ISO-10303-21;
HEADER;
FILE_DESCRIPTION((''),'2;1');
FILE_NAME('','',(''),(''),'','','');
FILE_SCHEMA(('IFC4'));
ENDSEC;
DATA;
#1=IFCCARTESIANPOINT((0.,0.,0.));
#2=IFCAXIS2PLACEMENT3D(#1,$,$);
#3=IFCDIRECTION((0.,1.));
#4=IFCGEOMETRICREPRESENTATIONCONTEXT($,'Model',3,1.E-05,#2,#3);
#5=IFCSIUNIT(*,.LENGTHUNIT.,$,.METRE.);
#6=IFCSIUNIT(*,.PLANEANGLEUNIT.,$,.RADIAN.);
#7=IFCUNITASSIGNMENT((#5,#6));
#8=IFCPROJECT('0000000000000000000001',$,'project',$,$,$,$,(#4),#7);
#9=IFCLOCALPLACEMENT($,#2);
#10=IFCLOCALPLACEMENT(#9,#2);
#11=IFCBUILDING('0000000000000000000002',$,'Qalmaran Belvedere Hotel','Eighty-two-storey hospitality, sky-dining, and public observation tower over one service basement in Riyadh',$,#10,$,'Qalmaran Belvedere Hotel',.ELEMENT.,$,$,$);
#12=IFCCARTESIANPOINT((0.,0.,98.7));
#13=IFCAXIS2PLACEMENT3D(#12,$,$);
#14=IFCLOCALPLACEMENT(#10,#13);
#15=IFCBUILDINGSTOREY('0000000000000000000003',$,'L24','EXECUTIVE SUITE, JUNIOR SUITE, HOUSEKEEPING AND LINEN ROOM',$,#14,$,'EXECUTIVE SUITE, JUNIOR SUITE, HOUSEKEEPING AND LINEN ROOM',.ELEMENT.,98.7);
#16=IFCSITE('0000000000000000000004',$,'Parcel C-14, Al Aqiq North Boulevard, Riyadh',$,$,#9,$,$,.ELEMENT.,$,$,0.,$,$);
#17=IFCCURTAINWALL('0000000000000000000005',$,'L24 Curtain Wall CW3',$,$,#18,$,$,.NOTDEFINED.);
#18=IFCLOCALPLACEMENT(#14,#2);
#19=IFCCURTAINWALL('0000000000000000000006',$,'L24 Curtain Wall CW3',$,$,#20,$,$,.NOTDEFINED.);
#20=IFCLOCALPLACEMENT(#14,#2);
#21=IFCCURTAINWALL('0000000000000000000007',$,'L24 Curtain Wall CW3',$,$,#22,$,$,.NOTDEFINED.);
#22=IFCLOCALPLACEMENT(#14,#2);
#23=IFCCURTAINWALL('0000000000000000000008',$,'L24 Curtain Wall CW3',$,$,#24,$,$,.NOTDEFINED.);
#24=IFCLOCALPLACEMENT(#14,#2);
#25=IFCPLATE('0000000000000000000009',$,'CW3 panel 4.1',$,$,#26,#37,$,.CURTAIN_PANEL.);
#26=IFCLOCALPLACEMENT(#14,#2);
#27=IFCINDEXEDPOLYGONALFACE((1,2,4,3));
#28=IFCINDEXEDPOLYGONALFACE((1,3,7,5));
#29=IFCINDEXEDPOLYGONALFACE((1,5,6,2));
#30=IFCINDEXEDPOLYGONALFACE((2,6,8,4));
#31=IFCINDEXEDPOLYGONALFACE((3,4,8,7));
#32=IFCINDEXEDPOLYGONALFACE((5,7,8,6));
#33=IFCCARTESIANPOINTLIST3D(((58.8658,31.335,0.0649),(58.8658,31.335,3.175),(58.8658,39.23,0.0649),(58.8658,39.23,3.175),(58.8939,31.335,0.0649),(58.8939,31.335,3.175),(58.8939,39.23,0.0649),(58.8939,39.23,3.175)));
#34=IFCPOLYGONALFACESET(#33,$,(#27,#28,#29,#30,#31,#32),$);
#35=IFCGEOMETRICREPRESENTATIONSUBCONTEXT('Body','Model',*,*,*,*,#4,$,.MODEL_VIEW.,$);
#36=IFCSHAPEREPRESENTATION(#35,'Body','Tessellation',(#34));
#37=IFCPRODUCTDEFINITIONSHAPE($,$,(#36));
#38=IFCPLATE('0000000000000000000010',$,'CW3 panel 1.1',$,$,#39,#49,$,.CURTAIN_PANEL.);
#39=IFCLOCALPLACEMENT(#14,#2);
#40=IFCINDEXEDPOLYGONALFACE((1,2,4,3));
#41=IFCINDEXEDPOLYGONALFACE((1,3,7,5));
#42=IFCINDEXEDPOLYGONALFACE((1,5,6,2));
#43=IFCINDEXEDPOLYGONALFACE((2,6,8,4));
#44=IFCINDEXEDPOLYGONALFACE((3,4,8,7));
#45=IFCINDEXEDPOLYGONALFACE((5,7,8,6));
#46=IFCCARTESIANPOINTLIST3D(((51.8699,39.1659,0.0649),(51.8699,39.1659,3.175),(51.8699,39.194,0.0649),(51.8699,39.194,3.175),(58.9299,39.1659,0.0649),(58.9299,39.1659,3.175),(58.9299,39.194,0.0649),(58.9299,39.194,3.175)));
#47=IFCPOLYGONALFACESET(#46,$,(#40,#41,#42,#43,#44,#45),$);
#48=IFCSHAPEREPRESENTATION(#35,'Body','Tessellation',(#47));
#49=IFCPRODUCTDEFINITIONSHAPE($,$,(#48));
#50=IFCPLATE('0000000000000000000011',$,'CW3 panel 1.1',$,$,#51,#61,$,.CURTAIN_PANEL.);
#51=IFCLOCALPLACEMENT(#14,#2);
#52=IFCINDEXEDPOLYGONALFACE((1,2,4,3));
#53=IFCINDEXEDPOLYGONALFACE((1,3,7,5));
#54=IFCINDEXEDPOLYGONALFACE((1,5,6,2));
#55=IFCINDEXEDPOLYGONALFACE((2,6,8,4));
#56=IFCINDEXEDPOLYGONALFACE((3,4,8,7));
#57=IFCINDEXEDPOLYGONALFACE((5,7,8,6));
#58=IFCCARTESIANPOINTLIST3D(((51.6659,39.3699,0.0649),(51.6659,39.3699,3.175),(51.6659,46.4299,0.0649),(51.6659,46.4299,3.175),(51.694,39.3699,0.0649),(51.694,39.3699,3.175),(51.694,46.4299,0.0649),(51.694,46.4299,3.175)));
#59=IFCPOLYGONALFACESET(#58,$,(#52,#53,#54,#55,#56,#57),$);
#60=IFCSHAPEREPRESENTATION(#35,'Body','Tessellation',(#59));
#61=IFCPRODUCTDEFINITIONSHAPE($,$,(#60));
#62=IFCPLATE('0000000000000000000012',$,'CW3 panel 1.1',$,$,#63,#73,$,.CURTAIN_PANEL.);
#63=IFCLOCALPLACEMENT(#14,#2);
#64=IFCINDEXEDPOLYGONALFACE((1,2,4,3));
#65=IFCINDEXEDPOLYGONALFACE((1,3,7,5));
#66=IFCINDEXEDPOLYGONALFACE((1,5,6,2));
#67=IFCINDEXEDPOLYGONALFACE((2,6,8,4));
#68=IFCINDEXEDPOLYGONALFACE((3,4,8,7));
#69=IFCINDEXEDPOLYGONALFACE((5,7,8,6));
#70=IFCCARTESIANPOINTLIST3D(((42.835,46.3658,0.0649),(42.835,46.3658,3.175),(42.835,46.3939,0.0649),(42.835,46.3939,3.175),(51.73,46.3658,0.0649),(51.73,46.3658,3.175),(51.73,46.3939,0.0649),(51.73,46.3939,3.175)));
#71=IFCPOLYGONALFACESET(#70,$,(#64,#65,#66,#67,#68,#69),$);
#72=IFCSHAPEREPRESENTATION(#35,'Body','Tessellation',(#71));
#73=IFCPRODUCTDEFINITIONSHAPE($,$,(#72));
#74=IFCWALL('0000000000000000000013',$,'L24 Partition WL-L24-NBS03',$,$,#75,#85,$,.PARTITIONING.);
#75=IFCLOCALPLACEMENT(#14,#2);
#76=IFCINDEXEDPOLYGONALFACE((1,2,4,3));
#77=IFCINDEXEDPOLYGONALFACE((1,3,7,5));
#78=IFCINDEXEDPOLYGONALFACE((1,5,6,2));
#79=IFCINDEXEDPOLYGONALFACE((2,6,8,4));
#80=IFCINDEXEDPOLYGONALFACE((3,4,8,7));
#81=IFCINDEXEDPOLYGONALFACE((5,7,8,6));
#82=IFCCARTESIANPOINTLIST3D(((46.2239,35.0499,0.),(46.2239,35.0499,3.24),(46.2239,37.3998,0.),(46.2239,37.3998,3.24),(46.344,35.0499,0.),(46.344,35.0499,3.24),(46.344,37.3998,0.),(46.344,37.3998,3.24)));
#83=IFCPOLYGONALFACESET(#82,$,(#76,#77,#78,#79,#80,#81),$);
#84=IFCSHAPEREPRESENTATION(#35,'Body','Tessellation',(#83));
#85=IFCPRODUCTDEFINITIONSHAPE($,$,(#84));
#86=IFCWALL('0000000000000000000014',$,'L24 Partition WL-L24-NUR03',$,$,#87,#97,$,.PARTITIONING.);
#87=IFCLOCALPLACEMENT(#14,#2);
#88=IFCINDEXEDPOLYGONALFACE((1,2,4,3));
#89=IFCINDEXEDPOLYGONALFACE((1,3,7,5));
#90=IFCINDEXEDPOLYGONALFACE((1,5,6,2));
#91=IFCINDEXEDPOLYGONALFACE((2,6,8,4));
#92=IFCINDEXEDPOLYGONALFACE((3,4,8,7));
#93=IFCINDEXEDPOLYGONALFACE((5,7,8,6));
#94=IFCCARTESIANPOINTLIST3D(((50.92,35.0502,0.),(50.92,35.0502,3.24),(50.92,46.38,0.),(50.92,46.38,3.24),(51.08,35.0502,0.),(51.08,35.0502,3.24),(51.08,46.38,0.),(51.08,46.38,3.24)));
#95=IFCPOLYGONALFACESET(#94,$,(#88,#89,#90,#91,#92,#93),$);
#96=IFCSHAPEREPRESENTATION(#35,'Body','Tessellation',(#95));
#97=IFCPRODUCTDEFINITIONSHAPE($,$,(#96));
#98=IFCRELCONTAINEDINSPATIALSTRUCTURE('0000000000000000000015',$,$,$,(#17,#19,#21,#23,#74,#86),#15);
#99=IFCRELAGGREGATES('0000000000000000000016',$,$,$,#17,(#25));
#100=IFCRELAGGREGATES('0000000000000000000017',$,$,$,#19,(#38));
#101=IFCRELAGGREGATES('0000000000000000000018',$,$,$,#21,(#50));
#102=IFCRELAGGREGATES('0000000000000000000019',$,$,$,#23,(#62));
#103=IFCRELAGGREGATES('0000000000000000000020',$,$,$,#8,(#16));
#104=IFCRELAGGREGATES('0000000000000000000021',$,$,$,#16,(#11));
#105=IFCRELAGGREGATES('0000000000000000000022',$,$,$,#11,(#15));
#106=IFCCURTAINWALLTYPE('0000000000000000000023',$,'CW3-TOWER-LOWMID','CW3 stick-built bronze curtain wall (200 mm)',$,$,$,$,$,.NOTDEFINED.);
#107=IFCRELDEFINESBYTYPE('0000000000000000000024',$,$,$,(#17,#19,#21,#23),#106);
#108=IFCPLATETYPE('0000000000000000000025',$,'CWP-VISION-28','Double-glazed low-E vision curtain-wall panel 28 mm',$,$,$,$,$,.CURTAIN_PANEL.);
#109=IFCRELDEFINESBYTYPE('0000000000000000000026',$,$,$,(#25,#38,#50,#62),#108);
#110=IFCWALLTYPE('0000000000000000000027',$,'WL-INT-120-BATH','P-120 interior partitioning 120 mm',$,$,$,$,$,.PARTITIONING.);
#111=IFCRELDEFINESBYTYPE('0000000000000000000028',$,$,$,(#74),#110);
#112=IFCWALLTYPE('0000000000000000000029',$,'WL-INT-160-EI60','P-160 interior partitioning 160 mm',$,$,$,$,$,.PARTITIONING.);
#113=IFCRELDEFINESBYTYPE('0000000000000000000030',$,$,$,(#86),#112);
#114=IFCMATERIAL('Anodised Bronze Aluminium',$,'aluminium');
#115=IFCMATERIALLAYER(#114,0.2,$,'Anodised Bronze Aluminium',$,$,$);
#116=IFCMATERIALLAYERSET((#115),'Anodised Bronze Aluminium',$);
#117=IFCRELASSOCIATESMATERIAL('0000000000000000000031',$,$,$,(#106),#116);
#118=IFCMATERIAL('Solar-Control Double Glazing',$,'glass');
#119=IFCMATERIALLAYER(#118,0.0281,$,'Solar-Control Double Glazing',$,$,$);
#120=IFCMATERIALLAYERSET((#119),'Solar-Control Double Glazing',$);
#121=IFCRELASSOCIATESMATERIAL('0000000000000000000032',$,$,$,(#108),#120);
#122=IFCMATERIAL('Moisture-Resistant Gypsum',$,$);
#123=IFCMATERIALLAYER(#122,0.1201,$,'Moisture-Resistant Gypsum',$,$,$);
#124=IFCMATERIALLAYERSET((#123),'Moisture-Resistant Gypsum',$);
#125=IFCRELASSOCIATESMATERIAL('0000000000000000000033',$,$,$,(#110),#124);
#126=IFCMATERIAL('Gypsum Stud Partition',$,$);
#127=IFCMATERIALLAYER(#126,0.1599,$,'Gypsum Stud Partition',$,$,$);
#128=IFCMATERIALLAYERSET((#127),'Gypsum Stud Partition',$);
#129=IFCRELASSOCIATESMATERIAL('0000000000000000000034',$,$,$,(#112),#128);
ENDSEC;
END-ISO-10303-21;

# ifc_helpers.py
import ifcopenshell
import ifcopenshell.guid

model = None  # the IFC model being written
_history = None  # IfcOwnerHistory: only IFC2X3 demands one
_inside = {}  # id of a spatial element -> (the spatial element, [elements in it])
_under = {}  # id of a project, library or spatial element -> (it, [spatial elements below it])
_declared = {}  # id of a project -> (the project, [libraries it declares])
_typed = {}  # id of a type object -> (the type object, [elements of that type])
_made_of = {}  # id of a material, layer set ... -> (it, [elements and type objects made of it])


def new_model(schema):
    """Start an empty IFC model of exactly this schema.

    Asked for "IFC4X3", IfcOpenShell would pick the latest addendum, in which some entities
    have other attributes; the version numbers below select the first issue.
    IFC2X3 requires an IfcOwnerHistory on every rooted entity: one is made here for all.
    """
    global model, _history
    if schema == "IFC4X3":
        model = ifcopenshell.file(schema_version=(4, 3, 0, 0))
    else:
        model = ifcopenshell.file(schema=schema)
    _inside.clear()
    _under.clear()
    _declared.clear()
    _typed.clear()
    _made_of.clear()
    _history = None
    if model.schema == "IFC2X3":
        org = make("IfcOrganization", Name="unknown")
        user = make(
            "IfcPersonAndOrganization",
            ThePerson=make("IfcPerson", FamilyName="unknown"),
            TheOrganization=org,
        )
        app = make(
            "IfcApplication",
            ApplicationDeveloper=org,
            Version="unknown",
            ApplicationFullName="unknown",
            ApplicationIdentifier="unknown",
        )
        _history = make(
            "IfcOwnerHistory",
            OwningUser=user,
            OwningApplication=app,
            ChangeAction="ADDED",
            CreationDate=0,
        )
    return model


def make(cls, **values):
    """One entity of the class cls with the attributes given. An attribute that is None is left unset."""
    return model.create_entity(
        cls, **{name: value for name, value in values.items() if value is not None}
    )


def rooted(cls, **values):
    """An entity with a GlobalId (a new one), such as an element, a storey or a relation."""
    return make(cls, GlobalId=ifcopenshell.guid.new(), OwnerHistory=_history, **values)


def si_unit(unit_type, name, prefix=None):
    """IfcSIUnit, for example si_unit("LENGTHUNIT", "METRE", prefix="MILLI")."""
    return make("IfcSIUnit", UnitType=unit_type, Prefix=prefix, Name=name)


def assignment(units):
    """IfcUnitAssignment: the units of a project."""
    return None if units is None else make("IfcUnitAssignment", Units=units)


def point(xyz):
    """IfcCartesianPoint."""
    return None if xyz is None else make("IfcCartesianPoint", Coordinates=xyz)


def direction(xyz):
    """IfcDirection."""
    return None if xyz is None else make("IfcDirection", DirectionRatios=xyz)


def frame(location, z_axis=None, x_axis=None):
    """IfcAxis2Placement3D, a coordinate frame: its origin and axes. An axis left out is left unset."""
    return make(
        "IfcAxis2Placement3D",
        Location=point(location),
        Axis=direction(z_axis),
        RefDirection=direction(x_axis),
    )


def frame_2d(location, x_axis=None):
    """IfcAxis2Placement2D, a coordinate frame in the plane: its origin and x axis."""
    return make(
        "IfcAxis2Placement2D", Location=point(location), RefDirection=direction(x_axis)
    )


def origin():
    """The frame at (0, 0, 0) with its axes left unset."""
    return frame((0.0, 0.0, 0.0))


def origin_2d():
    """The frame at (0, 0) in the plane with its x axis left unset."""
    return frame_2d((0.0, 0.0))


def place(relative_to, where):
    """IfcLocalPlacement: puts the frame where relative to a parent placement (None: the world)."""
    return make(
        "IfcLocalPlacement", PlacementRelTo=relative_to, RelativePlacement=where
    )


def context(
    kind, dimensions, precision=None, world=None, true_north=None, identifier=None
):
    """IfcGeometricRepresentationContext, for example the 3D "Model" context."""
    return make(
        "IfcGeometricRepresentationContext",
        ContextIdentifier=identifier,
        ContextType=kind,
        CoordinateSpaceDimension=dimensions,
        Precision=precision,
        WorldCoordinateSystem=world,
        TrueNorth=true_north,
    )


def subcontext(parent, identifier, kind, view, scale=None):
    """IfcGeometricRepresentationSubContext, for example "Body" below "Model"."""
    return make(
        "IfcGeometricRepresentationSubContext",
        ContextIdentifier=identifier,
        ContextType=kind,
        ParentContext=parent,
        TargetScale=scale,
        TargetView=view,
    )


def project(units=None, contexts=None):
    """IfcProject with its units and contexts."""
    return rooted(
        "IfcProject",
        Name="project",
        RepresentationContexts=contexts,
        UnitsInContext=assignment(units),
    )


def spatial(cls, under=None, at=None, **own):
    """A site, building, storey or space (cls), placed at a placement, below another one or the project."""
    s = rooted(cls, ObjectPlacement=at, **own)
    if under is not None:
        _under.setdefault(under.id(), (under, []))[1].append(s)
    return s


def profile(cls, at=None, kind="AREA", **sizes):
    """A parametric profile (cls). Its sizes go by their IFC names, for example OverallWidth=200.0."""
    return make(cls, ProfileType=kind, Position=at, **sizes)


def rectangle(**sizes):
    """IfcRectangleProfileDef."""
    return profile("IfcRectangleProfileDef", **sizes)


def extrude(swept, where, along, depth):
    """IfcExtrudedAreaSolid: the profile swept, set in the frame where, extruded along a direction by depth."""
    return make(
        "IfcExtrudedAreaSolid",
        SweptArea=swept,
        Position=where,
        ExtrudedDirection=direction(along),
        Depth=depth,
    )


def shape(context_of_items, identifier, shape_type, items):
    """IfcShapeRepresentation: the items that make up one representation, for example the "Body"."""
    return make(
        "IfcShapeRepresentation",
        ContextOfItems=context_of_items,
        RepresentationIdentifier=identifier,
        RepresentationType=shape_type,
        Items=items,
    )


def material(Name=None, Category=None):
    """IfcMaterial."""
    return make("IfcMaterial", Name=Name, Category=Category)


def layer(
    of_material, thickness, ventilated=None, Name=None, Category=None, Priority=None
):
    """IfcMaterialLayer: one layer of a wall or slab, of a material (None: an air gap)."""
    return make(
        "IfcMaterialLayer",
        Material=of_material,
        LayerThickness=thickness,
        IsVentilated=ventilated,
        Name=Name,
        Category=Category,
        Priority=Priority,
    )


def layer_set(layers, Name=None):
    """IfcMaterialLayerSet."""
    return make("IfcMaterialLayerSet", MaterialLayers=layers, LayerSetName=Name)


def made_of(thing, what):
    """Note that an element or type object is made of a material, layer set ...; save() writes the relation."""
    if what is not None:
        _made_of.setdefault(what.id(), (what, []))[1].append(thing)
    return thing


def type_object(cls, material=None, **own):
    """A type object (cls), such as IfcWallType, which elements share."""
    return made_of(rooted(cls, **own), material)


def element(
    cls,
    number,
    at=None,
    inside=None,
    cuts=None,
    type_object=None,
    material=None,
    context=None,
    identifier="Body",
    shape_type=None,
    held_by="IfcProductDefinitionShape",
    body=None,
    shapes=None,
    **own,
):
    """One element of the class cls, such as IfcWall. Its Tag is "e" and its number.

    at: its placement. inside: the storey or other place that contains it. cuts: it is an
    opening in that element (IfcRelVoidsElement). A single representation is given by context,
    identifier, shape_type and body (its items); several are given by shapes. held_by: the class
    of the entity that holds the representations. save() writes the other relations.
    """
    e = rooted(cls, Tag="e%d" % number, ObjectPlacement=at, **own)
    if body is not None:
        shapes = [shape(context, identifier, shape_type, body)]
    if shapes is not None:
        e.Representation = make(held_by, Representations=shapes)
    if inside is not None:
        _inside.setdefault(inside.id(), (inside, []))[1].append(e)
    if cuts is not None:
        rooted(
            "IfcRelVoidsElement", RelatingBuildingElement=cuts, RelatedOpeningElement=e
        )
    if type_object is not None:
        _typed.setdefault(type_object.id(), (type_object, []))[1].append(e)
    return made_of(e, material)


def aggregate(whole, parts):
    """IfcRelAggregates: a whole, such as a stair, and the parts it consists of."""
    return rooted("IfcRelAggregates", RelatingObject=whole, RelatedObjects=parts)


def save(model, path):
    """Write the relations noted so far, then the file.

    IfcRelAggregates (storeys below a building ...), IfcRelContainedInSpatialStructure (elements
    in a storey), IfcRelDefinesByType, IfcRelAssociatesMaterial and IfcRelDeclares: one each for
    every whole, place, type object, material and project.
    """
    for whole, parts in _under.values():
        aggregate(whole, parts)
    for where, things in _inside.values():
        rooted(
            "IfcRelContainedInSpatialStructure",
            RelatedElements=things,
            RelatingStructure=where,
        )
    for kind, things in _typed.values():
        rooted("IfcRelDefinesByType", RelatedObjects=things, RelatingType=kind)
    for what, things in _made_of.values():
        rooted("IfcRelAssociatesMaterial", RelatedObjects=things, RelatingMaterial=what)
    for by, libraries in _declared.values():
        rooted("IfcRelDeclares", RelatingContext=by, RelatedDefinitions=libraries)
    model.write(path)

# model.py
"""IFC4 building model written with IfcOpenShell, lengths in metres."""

from ifc_helpers import new_model, si_unit, direction, frame, frame_2d, origin, origin_2d, place, context, subcontext, project, spatial, rectangle, extrude, material, layer, layer_set, type_object, element, aggregate, save


model = new_model("IFC4")

# Units and contexts
model_context = context("Model", 3, precision=1e-05, world=origin(), true_north=direction((0.0, 1.0)))
body_context = subcontext(model_context, "Body", "Model", "MODEL_VIEW")
ifc_project = project(units=[si_unit("LENGTHUNIT", "METRE"), si_unit("PLANEANGLEUNIT", "RADIAN")], contexts=[model_context])

# Site, building, storey
site_placement = place(None, origin())
site = spatial("IfcSite", under=ifc_project, at=site_placement, Name="Parcel C-14, Al Aqiq North Boulevard, Riyadh", CompositionType="ELEMENT", RefElevation=0.0)
building_placement = place(site_placement, origin())
building = spatial("IfcBuilding", under=site, at=building_placement, Name="Qalmaran Belvedere Hotel", Description="Eighty-two-storey hospitality, sky-dining, and public observation tower over one service basement in Riyadh", LongName="Qalmaran Belvedere Hotel", CompositionType="ELEMENT")
storey_placement = place(building_placement, frame((0.0, 0.0, 98.7)))
storey = spatial("IfcBuildingStorey", under=building, at=storey_placement, Name="L24", Description="EXECUTIVE SUITE, JUNIOR SUITE, HOUSEKEEPING AND LINEN ROOM", LongName="EXECUTIVE SUITE, JUNIOR SUITE, HOUSEKEEPING AND LINEN ROOM", CompositionType="ELEMENT", Elevation=98.7)

# Curtain wall
ifc_material_1 = material(Name="Anodised Bronze Aluminium", Category="aluminium")
ifc_layer_1 = layer(ifc_material_1, 0.2, Name="Anodised Bronze Aluminium")
ifc_layer_set_1 = layer_set([ifc_layer_1], Name="Anodised Bronze Aluminium")
curtain_wall_type = type_object("IfcCurtainWallType", Name="CW3-TOWER-LOWMID", Description="CW3 stick-built bronze curtain wall (200 mm)", PredefinedType="NOTDEFINED", material=ifc_layer_set_1)
curtain_wall_1_placement = place(storey_placement, origin())
curtain_wall_1 = element("IfcCurtainWall", 1, at=curtain_wall_1_placement, inside=storey, type_object=curtain_wall_type, Name="L24 Curtain Wall CW3", PredefinedType="NOTDEFINED")

# Curtain walls
curtain_wall_2_placement = place(storey_placement, origin())
curtain_wall_2 = element("IfcCurtainWall", 2, at=curtain_wall_2_placement, inside=storey, type_object=curtain_wall_type, Name="L24 Curtain Wall CW3", PredefinedType="NOTDEFINED")
curtain_wall_3_placement = place(storey_placement, origin())
curtain_wall_3 = element("IfcCurtainWall", 3, at=curtain_wall_3_placement, inside=storey, type_object=curtain_wall_type, Name="L24 Curtain Wall CW3", PredefinedType="NOTDEFINED")

# Curtain wall
curtain_wall_4_placement = place(storey_placement, origin())
curtain_wall_4 = element("IfcCurtainWall", 4, at=curtain_wall_4_placement, inside=storey, type_object=curtain_wall_type, Name="L24 Curtain Wall CW3", PredefinedType="NOTDEFINED")

# Plates
ifc_material_2 = material(Name="Solar-Control Double Glazing", Category="glass")
ifc_layer_2 = layer(ifc_material_2, 0.0281, Name="Solar-Control Double Glazing")
ifc_layer_set_2 = layer_set([ifc_layer_2], Name="Solar-Control Double Glazing")
plate_type = type_object("IfcPlateType", Name="CWP-VISION-28", Description="Double-glazed low-E vision curtain-wall panel 28 mm", PredefinedType="CURTAIN_PANEL", material=ifc_layer_set_2)
plate_1_placement = place(storey_placement, frame((58.8799, 35.2825, 0.0649), z_axis=(0.0, 0.0, 1.0), x_axis=(0.0, 1.0, 0.0)))
plate_1 = element("IfcPlate", 5, at=plate_1_placement, type_object=plate_type, Name="CW3 panel 4.1", PredefinedType="CURTAIN_PANEL", context=body_context, shape_type="SweptSolid", body=[
    extrude(rectangle(XDim=7.895, YDim=0.0281, at=origin_2d()), origin(), (0.0, 0.0, 1.0), 3.1101),
])
aggregate(curtain_wall_1, [plate_1])
plate_2_placement = place(storey_placement, frame((55.3999, 39.1799, 0.0649), z_axis=(0.0, 0.0, 1.0), x_axis=(-1.0, 0.0, 0.0)))
plate_2 = element("IfcPlate", 6, at=plate_2_placement, type_object=plate_type, Name="CW3 panel 1.1", PredefinedType="CURTAIN_PANEL", context=body_context, shape_type="SweptSolid", body=[
    extrude(rectangle(XDim=7.0601, YDim=0.0281, at=origin_2d()), origin(), (0.0, 0.0, 1.0), 3.1101),
])
aggregate(curtain_wall_2, [plate_2])
plate_3_placement = place(storey_placement, frame((51.6799, 42.8999, 0.0649), z_axis=(0.0, 0.0, 1.0), x_axis=(0.0, 1.0, 0.0)))
plate_3 = element("IfcPlate", 7, at=plate_3_placement, type_object=plate_type, Name="CW3 panel 1.1", PredefinedType="CURTAIN_PANEL", context=body_context, shape_type="SweptSolid", body=[
    extrude(rectangle(XDim=7.0601, YDim=0.0281, at=origin_2d()), origin(), (0.0, 0.0, 1.0), 3.1101),
])
aggregate(curtain_wall_3, [plate_3])
plate_4_placement = place(storey_placement, frame((47.2825, 46.3799, 0.0649), z_axis=(0.0, 0.0, 1.0), x_axis=(-1.0, 0.0, 0.0)))
plate_4 = element("IfcPlate", 8, at=plate_4_placement, type_object=plate_type, Name="CW3 panel 1.1", PredefinedType="CURTAIN_PANEL", context=body_context, shape_type="SweptSolid", body=[
    extrude(rectangle(XDim=8.895, YDim=0.0281, at=origin_2d()), origin(), (0.0, 0.0, 1.0), 3.1101),
])
aggregate(curtain_wall_4, [plate_4])

# Walls
ifc_material_3 = material(Name="Moisture-Resistant Gypsum")
ifc_layer_3 = layer(ifc_material_3, 0.1201, Name="Moisture-Resistant Gypsum")
ifc_layer_set_3 = layer_set([ifc_layer_3], Name="Moisture-Resistant Gypsum")
wall_type_1 = type_object("IfcWallType", Name="WL-INT-120-BATH", Description="P-120 interior partitioning 120 mm", PredefinedType="PARTITIONING", material=ifc_layer_set_3)
wall_1_placement = place(storey_placement, frame((46.2839, 35.05, 0.0), z_axis=(0.0, 0.0, 1.0), x_axis=(0.0, 1.0, 0.0)))
element("IfcWall", 9, at=wall_1_placement, inside=storey, type_object=wall_type_1, Name="L24 Partition WL-L24-NBS03", PredefinedType="PARTITIONING", context=body_context, shape_type="SweptSolid", body=[
    extrude(rectangle(XDim=2.3499, YDim=0.1201, at=frame_2d((1.1748, 0.0))), origin(), (0.0, 0.0, 1.0), 3.24),
])
ifc_material_4 = material(Name="Gypsum Stud Partition")
ifc_layer_4 = layer(ifc_material_4, 0.1599, Name="Gypsum Stud Partition")
ifc_layer_set_4 = layer_set([ifc_layer_4], Name="Gypsum Stud Partition")
wall_type_2 = type_object("IfcWallType", Name="WL-INT-160-EI60", Description="P-160 interior partitioning 160 mm", PredefinedType="PARTITIONING", material=ifc_layer_set_4)
wall_2_placement = place(storey_placement, frame((51.0, 35.05, 0.0), z_axis=(0.0, 0.0, 1.0), x_axis=(0.0, 1.0, 0.0)))
element("IfcWall", 10, at=wall_2_placement, inside=storey, type_object=wall_type_2, Name="L24 Partition WL-L24-NUR03", PredefinedType="PARTITIONING", context=body_context, shape_type="SweptSolid", body=[
    extrude(rectangle(XDim=11.3298, YDim=0.1599, at=frame_2d((5.665, 0.0))), origin(), (0.0, 0.0, 1.0), 3.24),
])

save(model, "model.ifc")
